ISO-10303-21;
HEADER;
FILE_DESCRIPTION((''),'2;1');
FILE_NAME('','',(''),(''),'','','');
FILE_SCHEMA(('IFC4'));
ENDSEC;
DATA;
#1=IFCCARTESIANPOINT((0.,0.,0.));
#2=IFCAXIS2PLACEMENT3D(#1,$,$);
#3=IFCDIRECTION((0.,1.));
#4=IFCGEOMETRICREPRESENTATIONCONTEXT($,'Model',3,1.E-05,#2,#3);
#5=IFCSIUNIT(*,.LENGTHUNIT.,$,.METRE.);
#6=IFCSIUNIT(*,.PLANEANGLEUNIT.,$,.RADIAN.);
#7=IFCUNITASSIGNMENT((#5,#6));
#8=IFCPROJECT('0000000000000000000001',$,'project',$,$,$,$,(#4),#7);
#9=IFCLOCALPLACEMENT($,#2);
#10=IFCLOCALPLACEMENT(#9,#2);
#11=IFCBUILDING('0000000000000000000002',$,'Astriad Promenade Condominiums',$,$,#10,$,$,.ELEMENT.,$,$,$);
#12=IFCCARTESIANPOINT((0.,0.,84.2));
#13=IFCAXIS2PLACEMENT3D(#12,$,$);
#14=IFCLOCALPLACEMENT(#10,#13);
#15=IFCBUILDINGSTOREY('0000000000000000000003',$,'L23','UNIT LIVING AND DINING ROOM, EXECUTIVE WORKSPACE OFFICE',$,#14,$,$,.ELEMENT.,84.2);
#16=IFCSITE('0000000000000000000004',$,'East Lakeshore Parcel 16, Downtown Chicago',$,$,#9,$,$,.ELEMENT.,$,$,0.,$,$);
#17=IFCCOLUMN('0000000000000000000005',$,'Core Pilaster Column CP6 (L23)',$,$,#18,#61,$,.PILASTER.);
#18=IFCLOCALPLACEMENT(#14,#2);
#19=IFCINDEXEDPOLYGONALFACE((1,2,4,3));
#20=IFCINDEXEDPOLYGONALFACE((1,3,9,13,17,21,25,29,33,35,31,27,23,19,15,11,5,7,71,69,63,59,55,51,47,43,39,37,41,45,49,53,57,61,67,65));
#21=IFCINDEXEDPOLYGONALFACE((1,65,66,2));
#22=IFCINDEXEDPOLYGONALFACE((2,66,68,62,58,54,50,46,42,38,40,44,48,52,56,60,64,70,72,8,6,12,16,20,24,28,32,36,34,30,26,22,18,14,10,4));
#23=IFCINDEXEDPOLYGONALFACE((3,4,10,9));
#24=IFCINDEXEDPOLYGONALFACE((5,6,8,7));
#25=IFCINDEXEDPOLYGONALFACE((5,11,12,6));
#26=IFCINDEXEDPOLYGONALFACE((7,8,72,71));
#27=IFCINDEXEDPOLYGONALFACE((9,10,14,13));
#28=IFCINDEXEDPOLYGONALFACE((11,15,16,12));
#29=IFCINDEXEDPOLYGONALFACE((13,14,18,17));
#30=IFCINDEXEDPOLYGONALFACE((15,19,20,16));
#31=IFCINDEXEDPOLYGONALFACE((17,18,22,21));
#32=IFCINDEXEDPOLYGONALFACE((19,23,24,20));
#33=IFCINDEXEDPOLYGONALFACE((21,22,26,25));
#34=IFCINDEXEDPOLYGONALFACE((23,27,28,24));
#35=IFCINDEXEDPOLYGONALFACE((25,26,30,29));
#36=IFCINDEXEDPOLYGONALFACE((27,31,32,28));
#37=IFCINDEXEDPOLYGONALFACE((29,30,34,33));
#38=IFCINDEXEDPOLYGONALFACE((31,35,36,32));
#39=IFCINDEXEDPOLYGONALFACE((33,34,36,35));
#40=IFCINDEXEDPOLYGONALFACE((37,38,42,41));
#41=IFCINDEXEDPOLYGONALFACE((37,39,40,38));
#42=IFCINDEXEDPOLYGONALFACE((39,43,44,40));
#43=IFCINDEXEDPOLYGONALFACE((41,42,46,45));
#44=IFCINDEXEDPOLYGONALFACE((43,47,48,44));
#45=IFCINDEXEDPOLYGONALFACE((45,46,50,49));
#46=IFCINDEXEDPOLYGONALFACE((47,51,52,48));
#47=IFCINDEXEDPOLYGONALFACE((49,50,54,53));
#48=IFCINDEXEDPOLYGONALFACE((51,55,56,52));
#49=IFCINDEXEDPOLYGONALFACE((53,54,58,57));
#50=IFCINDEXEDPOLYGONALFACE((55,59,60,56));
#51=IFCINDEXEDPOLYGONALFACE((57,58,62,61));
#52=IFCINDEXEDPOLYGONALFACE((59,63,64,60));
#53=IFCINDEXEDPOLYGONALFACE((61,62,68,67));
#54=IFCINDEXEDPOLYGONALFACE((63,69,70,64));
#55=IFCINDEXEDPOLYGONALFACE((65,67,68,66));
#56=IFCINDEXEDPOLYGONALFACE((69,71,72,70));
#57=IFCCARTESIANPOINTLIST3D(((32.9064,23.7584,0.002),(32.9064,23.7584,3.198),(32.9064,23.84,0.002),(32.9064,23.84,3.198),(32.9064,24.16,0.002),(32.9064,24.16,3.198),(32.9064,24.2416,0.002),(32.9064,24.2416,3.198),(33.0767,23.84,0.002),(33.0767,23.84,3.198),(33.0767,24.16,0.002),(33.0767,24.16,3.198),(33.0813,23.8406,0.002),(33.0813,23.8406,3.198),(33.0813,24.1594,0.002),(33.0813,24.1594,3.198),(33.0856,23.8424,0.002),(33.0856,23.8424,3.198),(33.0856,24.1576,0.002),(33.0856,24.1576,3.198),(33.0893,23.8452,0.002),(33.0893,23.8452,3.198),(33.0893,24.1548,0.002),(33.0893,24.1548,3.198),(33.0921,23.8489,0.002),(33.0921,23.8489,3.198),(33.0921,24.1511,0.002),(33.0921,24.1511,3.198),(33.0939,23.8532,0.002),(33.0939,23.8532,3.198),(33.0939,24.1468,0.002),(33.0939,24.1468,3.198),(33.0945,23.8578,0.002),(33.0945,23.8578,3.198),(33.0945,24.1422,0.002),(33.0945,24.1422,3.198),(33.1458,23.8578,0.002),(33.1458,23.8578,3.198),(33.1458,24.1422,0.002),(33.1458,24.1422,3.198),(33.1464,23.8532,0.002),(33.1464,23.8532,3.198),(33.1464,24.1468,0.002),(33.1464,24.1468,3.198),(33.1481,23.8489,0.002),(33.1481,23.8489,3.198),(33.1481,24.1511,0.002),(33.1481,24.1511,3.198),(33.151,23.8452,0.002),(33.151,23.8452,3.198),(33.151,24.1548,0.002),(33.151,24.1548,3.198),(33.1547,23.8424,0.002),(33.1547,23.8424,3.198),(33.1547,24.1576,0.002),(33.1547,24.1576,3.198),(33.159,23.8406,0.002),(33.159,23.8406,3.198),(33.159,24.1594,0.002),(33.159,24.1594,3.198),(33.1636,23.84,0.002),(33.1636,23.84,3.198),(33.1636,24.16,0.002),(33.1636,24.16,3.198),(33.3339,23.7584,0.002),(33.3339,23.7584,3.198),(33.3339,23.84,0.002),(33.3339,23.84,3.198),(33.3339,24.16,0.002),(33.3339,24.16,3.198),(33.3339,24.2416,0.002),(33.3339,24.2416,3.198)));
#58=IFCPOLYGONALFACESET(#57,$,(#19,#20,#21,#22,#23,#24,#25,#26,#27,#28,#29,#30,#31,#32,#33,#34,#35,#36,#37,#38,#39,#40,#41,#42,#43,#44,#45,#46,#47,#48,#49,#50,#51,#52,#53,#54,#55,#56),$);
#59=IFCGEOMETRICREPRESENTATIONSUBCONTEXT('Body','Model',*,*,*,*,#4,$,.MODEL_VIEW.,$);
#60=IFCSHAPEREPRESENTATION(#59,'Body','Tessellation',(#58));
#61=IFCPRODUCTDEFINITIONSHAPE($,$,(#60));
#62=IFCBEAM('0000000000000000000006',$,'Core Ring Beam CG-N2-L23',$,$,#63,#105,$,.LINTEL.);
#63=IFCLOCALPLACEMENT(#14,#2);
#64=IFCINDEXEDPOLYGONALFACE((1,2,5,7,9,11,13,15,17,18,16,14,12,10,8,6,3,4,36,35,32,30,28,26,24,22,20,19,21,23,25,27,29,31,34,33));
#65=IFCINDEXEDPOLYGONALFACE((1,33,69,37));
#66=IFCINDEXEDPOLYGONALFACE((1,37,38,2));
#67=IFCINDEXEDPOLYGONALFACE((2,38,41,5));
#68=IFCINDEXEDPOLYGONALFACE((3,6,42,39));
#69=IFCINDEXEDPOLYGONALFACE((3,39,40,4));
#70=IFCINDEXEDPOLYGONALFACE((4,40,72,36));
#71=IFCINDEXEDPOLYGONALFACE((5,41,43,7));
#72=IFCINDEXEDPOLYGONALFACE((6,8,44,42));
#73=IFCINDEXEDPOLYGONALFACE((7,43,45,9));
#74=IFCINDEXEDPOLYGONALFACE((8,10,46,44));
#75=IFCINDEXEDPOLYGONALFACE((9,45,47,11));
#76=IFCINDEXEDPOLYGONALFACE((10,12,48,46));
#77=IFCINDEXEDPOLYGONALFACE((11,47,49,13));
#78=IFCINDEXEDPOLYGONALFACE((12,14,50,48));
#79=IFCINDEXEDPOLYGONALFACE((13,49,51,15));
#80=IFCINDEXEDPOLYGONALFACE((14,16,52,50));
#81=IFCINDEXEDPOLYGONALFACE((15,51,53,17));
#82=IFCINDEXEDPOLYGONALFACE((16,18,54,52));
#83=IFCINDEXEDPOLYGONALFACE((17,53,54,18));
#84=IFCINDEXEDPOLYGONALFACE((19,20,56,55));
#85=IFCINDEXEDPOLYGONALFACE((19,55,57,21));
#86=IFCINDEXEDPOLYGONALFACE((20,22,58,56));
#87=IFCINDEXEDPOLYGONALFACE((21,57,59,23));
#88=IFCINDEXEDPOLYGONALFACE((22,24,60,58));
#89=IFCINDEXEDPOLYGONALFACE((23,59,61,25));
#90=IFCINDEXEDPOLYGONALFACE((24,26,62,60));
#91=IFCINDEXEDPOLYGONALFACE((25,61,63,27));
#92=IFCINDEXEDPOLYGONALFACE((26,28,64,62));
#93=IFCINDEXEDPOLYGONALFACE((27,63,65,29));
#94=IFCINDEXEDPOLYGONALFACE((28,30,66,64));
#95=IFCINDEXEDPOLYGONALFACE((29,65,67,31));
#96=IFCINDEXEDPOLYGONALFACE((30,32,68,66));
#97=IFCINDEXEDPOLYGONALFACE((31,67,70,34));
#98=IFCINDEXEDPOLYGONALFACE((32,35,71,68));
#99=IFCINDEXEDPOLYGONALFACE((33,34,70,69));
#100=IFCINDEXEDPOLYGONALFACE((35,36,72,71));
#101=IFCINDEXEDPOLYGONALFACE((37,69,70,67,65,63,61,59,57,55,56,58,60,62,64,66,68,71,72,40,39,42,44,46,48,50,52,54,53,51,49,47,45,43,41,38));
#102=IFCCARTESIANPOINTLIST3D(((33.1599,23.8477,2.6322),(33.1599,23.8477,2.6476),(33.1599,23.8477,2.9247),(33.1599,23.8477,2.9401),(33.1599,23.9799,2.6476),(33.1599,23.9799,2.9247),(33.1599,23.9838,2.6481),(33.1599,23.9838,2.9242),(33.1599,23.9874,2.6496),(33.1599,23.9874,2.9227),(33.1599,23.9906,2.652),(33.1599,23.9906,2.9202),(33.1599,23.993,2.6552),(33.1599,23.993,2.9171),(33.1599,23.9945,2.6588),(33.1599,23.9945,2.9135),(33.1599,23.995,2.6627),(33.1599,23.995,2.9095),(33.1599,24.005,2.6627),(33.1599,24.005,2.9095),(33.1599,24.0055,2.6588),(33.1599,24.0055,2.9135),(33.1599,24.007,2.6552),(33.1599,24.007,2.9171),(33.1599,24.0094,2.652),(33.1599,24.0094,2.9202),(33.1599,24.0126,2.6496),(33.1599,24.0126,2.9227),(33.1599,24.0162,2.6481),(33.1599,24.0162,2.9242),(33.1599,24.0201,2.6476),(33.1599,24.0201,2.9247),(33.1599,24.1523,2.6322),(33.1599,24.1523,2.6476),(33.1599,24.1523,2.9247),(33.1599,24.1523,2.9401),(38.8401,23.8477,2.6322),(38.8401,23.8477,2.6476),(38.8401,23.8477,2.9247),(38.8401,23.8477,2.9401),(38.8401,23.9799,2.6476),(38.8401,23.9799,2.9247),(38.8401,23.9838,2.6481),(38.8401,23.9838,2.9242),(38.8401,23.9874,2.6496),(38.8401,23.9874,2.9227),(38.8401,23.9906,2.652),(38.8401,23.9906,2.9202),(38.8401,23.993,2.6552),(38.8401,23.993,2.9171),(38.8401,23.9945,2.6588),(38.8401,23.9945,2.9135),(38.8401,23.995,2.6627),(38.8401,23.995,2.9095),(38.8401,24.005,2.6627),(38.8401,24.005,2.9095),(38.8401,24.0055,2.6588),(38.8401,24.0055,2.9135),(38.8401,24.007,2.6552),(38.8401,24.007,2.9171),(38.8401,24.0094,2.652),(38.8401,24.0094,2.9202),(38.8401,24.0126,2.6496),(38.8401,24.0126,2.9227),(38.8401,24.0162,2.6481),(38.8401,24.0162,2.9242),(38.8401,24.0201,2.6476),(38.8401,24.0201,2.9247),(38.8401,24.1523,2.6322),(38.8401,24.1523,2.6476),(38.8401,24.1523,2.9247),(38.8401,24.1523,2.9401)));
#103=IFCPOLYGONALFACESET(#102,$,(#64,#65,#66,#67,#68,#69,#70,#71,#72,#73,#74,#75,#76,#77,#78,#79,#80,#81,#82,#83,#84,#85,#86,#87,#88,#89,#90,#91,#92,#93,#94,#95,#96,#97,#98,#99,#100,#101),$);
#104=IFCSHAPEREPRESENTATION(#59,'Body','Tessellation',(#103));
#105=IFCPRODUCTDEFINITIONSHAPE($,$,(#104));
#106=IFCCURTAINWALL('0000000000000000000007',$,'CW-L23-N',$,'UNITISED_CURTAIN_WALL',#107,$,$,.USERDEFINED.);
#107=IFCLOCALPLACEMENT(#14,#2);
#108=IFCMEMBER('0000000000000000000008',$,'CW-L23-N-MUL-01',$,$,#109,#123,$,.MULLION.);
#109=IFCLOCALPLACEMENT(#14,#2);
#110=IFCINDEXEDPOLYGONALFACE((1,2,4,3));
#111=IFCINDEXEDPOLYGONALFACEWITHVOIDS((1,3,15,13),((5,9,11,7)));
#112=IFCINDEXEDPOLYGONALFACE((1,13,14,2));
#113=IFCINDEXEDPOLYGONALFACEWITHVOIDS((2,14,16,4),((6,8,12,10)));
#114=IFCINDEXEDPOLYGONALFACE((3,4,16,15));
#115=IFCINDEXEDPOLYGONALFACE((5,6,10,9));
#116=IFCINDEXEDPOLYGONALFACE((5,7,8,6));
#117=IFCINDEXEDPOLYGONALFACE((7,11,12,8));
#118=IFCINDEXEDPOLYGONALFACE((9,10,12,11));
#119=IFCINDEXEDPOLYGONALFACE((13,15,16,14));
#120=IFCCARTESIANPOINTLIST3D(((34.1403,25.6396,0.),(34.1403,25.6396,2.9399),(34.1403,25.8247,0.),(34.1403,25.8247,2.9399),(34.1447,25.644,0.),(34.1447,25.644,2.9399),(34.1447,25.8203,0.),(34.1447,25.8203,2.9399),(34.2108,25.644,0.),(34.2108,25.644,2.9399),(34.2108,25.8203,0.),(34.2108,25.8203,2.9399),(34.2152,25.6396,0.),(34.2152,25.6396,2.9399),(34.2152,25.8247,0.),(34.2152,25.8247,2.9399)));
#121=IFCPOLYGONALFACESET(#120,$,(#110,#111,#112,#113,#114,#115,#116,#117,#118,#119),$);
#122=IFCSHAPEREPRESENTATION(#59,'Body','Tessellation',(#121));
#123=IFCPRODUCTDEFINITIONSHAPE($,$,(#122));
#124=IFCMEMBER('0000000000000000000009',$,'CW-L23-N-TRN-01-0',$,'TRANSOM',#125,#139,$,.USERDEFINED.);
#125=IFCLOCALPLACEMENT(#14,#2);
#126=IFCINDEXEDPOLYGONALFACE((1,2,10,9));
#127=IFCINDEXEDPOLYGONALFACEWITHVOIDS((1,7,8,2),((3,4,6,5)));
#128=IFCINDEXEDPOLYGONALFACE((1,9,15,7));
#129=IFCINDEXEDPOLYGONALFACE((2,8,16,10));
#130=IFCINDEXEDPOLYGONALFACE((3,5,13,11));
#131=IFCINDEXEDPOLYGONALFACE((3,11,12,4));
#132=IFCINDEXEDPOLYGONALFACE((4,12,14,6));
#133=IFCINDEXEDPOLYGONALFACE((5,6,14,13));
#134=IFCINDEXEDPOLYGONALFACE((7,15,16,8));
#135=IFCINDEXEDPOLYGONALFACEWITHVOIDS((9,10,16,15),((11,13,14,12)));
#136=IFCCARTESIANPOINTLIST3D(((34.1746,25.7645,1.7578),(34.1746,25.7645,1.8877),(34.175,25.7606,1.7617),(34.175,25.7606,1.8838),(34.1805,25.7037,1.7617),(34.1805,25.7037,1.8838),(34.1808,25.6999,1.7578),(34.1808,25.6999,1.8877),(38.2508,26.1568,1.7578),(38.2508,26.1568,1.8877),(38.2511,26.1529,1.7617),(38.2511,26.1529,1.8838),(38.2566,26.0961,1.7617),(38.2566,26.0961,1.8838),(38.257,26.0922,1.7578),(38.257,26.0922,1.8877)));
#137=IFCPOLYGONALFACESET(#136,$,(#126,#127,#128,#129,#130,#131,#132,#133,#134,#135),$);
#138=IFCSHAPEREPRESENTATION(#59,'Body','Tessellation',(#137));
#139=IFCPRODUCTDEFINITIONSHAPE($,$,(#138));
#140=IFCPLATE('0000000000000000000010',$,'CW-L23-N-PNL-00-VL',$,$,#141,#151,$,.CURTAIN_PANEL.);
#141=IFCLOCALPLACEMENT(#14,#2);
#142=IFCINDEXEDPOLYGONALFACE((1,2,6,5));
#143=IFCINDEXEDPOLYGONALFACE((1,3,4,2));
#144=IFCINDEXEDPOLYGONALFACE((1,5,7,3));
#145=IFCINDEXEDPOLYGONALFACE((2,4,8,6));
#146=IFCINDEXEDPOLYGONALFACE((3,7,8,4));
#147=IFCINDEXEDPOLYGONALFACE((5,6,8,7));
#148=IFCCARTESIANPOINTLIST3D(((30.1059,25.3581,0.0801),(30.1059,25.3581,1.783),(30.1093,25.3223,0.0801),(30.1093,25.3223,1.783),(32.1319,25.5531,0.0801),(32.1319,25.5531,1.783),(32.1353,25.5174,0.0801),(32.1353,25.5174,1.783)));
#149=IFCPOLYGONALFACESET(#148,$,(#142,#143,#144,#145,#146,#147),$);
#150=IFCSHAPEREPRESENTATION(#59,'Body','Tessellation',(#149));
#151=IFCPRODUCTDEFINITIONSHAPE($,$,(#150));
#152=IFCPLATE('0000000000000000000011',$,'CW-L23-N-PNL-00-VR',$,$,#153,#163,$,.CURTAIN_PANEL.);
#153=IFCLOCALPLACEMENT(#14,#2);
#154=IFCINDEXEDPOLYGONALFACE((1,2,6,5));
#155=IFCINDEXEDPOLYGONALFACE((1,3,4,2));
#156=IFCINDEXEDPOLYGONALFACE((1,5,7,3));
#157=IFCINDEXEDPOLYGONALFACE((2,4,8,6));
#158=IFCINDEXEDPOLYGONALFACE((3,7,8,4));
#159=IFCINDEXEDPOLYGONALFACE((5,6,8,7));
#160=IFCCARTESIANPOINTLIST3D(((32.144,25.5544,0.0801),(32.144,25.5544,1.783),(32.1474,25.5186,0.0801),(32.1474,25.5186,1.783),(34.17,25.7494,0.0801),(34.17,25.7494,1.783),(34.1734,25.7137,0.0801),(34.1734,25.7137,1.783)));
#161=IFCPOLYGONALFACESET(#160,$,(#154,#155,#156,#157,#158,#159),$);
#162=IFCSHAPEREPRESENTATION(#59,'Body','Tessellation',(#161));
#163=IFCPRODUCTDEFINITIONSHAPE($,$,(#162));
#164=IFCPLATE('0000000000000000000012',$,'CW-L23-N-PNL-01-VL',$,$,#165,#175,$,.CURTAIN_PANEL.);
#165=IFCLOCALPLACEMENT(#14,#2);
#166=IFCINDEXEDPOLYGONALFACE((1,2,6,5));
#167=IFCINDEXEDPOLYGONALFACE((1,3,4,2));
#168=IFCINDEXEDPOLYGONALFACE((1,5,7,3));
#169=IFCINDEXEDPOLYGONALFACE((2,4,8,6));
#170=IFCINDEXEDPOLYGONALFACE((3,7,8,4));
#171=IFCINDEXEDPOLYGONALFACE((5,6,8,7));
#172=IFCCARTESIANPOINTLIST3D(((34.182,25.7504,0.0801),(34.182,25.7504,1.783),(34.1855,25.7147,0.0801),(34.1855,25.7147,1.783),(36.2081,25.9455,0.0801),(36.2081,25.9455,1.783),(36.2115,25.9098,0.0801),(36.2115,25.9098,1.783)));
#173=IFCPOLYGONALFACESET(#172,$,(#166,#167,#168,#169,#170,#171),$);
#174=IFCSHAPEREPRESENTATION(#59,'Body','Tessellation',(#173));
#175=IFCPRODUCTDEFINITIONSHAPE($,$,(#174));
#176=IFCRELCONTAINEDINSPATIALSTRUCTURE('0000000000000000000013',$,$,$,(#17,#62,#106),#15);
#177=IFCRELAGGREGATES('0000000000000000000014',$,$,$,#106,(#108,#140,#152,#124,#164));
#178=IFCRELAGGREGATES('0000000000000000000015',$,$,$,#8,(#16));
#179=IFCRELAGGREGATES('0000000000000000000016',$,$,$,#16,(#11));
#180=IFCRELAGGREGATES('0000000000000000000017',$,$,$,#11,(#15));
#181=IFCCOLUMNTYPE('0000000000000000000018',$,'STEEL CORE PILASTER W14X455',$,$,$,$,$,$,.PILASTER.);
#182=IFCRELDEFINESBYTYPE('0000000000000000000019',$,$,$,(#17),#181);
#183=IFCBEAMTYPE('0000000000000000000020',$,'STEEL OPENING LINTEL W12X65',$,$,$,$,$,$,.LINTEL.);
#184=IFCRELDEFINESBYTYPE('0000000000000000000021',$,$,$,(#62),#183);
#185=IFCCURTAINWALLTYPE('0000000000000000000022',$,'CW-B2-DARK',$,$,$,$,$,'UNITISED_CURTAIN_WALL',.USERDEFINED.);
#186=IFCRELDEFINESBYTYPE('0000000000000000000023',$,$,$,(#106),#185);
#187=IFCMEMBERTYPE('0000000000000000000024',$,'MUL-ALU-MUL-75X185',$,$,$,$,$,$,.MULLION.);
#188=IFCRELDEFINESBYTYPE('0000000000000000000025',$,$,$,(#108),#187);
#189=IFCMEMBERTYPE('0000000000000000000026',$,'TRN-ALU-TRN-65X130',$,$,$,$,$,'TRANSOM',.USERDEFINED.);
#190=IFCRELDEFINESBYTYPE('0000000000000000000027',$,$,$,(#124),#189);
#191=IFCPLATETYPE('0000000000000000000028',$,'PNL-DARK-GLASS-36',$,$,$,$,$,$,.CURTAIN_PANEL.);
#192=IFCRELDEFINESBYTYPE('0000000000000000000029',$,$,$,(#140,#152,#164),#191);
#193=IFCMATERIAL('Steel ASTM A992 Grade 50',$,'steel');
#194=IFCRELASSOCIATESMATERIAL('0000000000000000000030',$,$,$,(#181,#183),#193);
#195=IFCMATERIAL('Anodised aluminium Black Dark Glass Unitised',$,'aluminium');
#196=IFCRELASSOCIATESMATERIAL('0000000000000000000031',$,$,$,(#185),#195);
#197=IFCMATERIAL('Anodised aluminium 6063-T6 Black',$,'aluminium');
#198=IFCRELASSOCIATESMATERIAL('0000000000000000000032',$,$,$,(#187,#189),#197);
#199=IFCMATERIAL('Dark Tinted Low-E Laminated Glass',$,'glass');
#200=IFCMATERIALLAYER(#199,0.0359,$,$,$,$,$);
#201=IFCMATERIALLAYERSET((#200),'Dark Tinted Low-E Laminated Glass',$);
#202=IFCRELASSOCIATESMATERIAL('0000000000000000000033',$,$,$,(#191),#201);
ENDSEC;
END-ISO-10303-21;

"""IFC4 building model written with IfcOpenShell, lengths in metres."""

from ifc_helpers import new_model, si_unit, direction, frame, origin, origin_2d, place, context, subcontext, project, spatial, rectangle, hollow_rectangle, i_section, extrude, source, transform, mapped, material, layer, layer_set, material_profile, profile_set, type_object, type_shapes, element, aggregate, save


model = new_model("IFC4")

# Units and contexts
model_context = context("Model", 3, precision=1e-05, world=origin(), true_north=direction((0.0, 1.0)))
body_context = subcontext(model_context, "Body", "Model", "MODEL_VIEW")
ifc_project = project(units=[si_unit("LENGTHUNIT", "METRE"), si_unit("PLANEANGLEUNIT", "RADIAN")], contexts=[model_context])

# Site, building, storey
site_placement = place(None, origin())
site = spatial("IfcSite", under=ifc_project, at=site_placement, Name="East Lakeshore Parcel 16, Downtown Chicago", CompositionType="ELEMENT", RefElevation=0.0)
building_placement = place(site_placement, origin())
building = spatial("IfcBuilding", under=site, at=building_placement, Name="Astriad Promenade Condominiums", CompositionType="ELEMENT")
storey_placement = place(building_placement, frame((0.0, 0.0, 84.2)))
storey = spatial("IfcBuildingStorey", under=building, at=storey_placement, Name="L23", Description="UNIT LIVING AND DINING ROOM, EXECUTIVE WORKSPACE OFFICE", CompositionType="ELEMENT", Elevation=84.2)

# Column
ifc_material_1 = material(Name="Steel ASTM A992 Grade 50", Category="steel")
ifc_material_profile_1 = material_profile(ifc_material_1, i_section(OverallWidth=0.4275, OverallDepth=0.4832, WebThickness=0.0513, FlangeThickness=0.0815, FilletRadius=0.0178, at=origin_2d()), Name="W14X455")
ifc_profile_set_1 = profile_set([ifc_material_profile_1], Name="Steel ASTM A992 Grade 50")
column_type = type_object("IfcColumnType", Name="STEEL CORE PILASTER W14X455", PredefinedType="PILASTER", material=ifc_profile_set_1)
shared_shape_1 = source(origin(), body_context, "Body", "SweptSolid", [
    extrude(i_section(OverallWidth=0.4275, OverallDepth=0.4832, WebThickness=0.0513, FlangeThickness=0.0815, FilletRadius=0.0178, at=origin_2d()), origin(), (0.0, 0.0, 1.0), 3.196),
])
type_shapes(column_type, [shared_shape_1])
column_placement = place(storey_placement, frame((33.1201, 24.0, 0.002), z_axis=(0.0, 0.0, 1.0), x_axis=(1.0, 0.0, 0.0)))
element("IfcColumn", 1, at=column_placement, inside=storey, type_object=column_type, Name="Core Pilaster Column CP6 (L23)", PredefinedType="PILASTER", context=body_context, shape_type="MappedRepresentation", body=[
    mapped(shared_shape_1, transform((0.0, 0.0, 0.0), scale=1.0)),
])

# Beam
ifc_material_profile_2 = material_profile(ifc_material_1, i_section(OverallWidth=0.3047, OverallDepth=0.3079, WebThickness=0.01, FlangeThickness=0.0154, FilletRadius=0.0151, at=origin_2d()), Name="W12X65")
ifc_profile_set_2 = profile_set([ifc_material_profile_2], Name="Steel ASTM A992 Grade 50")
beam_type = type_object("IfcBeamType", Name="STEEL OPENING LINTEL W12X65", PredefinedType="LINTEL", material=ifc_profile_set_2)
shared_shape_2 = source(origin(), body_context, "Body", "SweptSolid", [
    extrude(i_section(OverallWidth=0.3047, OverallDepth=0.3079, WebThickness=0.01, FlangeThickness=0.0154, FilletRadius=0.0151, at=origin_2d()), origin(), (0.0, 0.0, 1.0), 5.6802),
])
type_shapes(beam_type, [shared_shape_2])
beam_placement = place(storey_placement, frame((33.1599, 24.0, 2.7861), z_axis=(1.0, 0.0, 0.0), x_axis=(0.0, 1.0, 0.0)))
element("IfcBeam", 2, at=beam_placement, inside=storey, type_object=beam_type, Name="Core Ring Beam CG-N2-L23", PredefinedType="LINTEL", context=body_context, shape_type="MappedRepresentation", body=[
    mapped(shared_shape_2, transform((0.0, 0.0, 0.0), scale=1.0)),
])

# Curtain wall, members, plates
ifc_material_2 = material(Name="Anodised aluminium Black Dark Glass Unitised", Category="aluminium")
curtain_wall_type = type_object("IfcCurtainWallType", Name="CW-B2-DARK", ElementType="UNITISED_CURTAIN_WALL", PredefinedType="USERDEFINED", material=ifc_material_2)
curtain_wall_placement = place(storey_placement, origin())
curtain_wall = element("IfcCurtainWall", 3, at=curtain_wall_placement, inside=storey, type_object=curtain_wall_type, Name="CW-L23-N", ObjectType="UNITISED_CURTAIN_WALL", PredefinedType="USERDEFINED")
ifc_material_3 = material(Name="Anodised aluminium 6063-T6 Black", Category="aluminium")
ifc_material_profile_3 = material_profile(ifc_material_3, hollow_rectangle(XDim=0.075, YDim=0.1851, WallThickness=0.0044, at=origin_2d()), Name="ALU-MUL-75X185")
ifc_profile_set_3 = profile_set([ifc_material_profile_3], Name="Anodised aluminium 6063-T6 Black")
member_type_1 = type_object("IfcMemberType", Name="MUL-ALU-MUL-75X185", PredefinedType="MULLION", material=ifc_profile_set_3)
shared_shape_3 = source(origin(), body_context, "Body", "SweptSolid", [
    extrude(hollow_rectangle(XDim=0.075, YDim=0.1851, WallThickness=0.0044, at=origin_2d()), origin(), (0.0, 0.0, 1.0), 2.9399),
])
type_shapes(member_type_1, [shared_shape_3])
member_1_placement = place(storey_placement, frame((34.1777, 25.7322, 0.0), z_axis=(0.0, 0.0, 1.0), x_axis=(1.0, 0.0, 0.0)))
member_1 = element("IfcMember", 4, at=member_1_placement, type_object=member_type_1, Name="CW-L23-N-MUL-01", PredefinedType="MULLION", context=body_context, shape_type="MappedRepresentation", body=[
    mapped(shared_shape_3, transform((0.0, 0.0, 0.0), scale=1.0)),
])
ifc_material_profile_4 = material_profile(ifc_material_3, hollow_rectangle(XDim=0.0649, YDim=0.1299, WallThickness=0.0039, at=origin_2d()), Name="ALU-TRN-65X130")
ifc_profile_set_4 = profile_set([ifc_material_profile_4], Name="Anodised aluminium 6063-T6 Black")
member_type_2 = type_object("IfcMemberType", Name="TRN-ALU-TRN-65X130", ElementType="TRANSOM", PredefinedType="USERDEFINED", material=ifc_profile_set_4)
shared_shape_4 = source(origin(), body_context, "Body", "SweptSolid", [
    extrude(hollow_rectangle(XDim=0.0649, YDim=0.1299, WallThickness=0.0039, at=origin_2d()), origin(), (0.0, 0.0, 1.0), 4.095),
])
type_shapes(member_type_2, [shared_shape_4])
member_2_placement = place(storey_placement, frame((34.1777, 25.7322, 1.8228), z_axis=(0.9954, 0.095808, 0.0), x_axis=(-0.095808, 0.9954, 0.0)))
member_2 = element("IfcMember", 5, at=member_2_placement, type_object=member_type_2, Name="CW-L23-N-TRN-01-0", ObjectType="TRANSOM", PredefinedType="USERDEFINED", context=body_context, shape_type="MappedRepresentation", body=[
    mapped(shared_shape_4, transform((0.0, 0.0, 0.0), scale=1.0)),
])
ifc_material_4 = material(Name="Dark Tinted Low-E Laminated Glass", Category="glass")
ifc_layer_1 = layer(ifc_material_4, 0.0359)
ifc_layer_set_1 = layer_set([ifc_layer_1], Name="Dark Tinted Low-E Laminated Glass")
plate_type = type_object("IfcPlateType", Name="PNL-DARK-GLASS-36", PredefinedType="CURTAIN_PANEL", material=ifc_layer_set_1)
shared_shape_5 = source(origin(), body_context, "Body", "SweptSolid", [
    extrude(rectangle(XDim=2.0354, YDim=0.0359, at=origin_2d()), origin(), (0.0, 0.0, 1.0), 1.7029),
])
plate_1_placement = place(storey_placement, frame((31.1206, 25.4377, 0.0801), z_axis=(0.0, 0.0, 1.0), x_axis=(0.995396, 0.095846, 0.0)))
plate_1 = element("IfcPlate", 6, at=plate_1_placement, type_object=plate_type, Name="CW-L23-N-PNL-00-VL", PredefinedType="CURTAIN_PANEL", context=body_context, shape_type="MappedRepresentation", body=[
    mapped(shared_shape_5, transform((0.0, 0.0, 0.0), scale=1.0)),
])
plate_2_placement = place(storey_placement, frame((33.1587, 25.634, 0.0801), z_axis=(0.0, 0.0, 1.0), x_axis=(0.995396, 0.095846, 0.0)))
plate_2 = element("IfcPlate", 7, at=plate_2_placement, type_object=plate_type, Name="CW-L23-N-PNL-00-VR", PredefinedType="CURTAIN_PANEL", context=body_context, shape_type="MappedRepresentation", body=[
    mapped(shared_shape_5, transform((0.0, 0.0, 0.0), scale=1.0)),
])
plate_3_placement = place(storey_placement, frame((35.1968, 25.8301, 0.0801), z_axis=(0.0, 0.0, 1.0), x_axis=(0.995396, 0.095846, 0.0)))
plate_3 = element("IfcPlate", 8, at=plate_3_placement, type_object=plate_type, Name="CW-L23-N-PNL-01-VL", PredefinedType="CURTAIN_PANEL", context=body_context, shape_type="MappedRepresentation", body=[
    mapped(shared_shape_5, transform((0.0, 0.0, 0.0), scale=1.0)),
])
aggregate(curtain_wall, [member_1, plate_1, plate_2, member_2, plate_3])

save(model, "model.ifc")
